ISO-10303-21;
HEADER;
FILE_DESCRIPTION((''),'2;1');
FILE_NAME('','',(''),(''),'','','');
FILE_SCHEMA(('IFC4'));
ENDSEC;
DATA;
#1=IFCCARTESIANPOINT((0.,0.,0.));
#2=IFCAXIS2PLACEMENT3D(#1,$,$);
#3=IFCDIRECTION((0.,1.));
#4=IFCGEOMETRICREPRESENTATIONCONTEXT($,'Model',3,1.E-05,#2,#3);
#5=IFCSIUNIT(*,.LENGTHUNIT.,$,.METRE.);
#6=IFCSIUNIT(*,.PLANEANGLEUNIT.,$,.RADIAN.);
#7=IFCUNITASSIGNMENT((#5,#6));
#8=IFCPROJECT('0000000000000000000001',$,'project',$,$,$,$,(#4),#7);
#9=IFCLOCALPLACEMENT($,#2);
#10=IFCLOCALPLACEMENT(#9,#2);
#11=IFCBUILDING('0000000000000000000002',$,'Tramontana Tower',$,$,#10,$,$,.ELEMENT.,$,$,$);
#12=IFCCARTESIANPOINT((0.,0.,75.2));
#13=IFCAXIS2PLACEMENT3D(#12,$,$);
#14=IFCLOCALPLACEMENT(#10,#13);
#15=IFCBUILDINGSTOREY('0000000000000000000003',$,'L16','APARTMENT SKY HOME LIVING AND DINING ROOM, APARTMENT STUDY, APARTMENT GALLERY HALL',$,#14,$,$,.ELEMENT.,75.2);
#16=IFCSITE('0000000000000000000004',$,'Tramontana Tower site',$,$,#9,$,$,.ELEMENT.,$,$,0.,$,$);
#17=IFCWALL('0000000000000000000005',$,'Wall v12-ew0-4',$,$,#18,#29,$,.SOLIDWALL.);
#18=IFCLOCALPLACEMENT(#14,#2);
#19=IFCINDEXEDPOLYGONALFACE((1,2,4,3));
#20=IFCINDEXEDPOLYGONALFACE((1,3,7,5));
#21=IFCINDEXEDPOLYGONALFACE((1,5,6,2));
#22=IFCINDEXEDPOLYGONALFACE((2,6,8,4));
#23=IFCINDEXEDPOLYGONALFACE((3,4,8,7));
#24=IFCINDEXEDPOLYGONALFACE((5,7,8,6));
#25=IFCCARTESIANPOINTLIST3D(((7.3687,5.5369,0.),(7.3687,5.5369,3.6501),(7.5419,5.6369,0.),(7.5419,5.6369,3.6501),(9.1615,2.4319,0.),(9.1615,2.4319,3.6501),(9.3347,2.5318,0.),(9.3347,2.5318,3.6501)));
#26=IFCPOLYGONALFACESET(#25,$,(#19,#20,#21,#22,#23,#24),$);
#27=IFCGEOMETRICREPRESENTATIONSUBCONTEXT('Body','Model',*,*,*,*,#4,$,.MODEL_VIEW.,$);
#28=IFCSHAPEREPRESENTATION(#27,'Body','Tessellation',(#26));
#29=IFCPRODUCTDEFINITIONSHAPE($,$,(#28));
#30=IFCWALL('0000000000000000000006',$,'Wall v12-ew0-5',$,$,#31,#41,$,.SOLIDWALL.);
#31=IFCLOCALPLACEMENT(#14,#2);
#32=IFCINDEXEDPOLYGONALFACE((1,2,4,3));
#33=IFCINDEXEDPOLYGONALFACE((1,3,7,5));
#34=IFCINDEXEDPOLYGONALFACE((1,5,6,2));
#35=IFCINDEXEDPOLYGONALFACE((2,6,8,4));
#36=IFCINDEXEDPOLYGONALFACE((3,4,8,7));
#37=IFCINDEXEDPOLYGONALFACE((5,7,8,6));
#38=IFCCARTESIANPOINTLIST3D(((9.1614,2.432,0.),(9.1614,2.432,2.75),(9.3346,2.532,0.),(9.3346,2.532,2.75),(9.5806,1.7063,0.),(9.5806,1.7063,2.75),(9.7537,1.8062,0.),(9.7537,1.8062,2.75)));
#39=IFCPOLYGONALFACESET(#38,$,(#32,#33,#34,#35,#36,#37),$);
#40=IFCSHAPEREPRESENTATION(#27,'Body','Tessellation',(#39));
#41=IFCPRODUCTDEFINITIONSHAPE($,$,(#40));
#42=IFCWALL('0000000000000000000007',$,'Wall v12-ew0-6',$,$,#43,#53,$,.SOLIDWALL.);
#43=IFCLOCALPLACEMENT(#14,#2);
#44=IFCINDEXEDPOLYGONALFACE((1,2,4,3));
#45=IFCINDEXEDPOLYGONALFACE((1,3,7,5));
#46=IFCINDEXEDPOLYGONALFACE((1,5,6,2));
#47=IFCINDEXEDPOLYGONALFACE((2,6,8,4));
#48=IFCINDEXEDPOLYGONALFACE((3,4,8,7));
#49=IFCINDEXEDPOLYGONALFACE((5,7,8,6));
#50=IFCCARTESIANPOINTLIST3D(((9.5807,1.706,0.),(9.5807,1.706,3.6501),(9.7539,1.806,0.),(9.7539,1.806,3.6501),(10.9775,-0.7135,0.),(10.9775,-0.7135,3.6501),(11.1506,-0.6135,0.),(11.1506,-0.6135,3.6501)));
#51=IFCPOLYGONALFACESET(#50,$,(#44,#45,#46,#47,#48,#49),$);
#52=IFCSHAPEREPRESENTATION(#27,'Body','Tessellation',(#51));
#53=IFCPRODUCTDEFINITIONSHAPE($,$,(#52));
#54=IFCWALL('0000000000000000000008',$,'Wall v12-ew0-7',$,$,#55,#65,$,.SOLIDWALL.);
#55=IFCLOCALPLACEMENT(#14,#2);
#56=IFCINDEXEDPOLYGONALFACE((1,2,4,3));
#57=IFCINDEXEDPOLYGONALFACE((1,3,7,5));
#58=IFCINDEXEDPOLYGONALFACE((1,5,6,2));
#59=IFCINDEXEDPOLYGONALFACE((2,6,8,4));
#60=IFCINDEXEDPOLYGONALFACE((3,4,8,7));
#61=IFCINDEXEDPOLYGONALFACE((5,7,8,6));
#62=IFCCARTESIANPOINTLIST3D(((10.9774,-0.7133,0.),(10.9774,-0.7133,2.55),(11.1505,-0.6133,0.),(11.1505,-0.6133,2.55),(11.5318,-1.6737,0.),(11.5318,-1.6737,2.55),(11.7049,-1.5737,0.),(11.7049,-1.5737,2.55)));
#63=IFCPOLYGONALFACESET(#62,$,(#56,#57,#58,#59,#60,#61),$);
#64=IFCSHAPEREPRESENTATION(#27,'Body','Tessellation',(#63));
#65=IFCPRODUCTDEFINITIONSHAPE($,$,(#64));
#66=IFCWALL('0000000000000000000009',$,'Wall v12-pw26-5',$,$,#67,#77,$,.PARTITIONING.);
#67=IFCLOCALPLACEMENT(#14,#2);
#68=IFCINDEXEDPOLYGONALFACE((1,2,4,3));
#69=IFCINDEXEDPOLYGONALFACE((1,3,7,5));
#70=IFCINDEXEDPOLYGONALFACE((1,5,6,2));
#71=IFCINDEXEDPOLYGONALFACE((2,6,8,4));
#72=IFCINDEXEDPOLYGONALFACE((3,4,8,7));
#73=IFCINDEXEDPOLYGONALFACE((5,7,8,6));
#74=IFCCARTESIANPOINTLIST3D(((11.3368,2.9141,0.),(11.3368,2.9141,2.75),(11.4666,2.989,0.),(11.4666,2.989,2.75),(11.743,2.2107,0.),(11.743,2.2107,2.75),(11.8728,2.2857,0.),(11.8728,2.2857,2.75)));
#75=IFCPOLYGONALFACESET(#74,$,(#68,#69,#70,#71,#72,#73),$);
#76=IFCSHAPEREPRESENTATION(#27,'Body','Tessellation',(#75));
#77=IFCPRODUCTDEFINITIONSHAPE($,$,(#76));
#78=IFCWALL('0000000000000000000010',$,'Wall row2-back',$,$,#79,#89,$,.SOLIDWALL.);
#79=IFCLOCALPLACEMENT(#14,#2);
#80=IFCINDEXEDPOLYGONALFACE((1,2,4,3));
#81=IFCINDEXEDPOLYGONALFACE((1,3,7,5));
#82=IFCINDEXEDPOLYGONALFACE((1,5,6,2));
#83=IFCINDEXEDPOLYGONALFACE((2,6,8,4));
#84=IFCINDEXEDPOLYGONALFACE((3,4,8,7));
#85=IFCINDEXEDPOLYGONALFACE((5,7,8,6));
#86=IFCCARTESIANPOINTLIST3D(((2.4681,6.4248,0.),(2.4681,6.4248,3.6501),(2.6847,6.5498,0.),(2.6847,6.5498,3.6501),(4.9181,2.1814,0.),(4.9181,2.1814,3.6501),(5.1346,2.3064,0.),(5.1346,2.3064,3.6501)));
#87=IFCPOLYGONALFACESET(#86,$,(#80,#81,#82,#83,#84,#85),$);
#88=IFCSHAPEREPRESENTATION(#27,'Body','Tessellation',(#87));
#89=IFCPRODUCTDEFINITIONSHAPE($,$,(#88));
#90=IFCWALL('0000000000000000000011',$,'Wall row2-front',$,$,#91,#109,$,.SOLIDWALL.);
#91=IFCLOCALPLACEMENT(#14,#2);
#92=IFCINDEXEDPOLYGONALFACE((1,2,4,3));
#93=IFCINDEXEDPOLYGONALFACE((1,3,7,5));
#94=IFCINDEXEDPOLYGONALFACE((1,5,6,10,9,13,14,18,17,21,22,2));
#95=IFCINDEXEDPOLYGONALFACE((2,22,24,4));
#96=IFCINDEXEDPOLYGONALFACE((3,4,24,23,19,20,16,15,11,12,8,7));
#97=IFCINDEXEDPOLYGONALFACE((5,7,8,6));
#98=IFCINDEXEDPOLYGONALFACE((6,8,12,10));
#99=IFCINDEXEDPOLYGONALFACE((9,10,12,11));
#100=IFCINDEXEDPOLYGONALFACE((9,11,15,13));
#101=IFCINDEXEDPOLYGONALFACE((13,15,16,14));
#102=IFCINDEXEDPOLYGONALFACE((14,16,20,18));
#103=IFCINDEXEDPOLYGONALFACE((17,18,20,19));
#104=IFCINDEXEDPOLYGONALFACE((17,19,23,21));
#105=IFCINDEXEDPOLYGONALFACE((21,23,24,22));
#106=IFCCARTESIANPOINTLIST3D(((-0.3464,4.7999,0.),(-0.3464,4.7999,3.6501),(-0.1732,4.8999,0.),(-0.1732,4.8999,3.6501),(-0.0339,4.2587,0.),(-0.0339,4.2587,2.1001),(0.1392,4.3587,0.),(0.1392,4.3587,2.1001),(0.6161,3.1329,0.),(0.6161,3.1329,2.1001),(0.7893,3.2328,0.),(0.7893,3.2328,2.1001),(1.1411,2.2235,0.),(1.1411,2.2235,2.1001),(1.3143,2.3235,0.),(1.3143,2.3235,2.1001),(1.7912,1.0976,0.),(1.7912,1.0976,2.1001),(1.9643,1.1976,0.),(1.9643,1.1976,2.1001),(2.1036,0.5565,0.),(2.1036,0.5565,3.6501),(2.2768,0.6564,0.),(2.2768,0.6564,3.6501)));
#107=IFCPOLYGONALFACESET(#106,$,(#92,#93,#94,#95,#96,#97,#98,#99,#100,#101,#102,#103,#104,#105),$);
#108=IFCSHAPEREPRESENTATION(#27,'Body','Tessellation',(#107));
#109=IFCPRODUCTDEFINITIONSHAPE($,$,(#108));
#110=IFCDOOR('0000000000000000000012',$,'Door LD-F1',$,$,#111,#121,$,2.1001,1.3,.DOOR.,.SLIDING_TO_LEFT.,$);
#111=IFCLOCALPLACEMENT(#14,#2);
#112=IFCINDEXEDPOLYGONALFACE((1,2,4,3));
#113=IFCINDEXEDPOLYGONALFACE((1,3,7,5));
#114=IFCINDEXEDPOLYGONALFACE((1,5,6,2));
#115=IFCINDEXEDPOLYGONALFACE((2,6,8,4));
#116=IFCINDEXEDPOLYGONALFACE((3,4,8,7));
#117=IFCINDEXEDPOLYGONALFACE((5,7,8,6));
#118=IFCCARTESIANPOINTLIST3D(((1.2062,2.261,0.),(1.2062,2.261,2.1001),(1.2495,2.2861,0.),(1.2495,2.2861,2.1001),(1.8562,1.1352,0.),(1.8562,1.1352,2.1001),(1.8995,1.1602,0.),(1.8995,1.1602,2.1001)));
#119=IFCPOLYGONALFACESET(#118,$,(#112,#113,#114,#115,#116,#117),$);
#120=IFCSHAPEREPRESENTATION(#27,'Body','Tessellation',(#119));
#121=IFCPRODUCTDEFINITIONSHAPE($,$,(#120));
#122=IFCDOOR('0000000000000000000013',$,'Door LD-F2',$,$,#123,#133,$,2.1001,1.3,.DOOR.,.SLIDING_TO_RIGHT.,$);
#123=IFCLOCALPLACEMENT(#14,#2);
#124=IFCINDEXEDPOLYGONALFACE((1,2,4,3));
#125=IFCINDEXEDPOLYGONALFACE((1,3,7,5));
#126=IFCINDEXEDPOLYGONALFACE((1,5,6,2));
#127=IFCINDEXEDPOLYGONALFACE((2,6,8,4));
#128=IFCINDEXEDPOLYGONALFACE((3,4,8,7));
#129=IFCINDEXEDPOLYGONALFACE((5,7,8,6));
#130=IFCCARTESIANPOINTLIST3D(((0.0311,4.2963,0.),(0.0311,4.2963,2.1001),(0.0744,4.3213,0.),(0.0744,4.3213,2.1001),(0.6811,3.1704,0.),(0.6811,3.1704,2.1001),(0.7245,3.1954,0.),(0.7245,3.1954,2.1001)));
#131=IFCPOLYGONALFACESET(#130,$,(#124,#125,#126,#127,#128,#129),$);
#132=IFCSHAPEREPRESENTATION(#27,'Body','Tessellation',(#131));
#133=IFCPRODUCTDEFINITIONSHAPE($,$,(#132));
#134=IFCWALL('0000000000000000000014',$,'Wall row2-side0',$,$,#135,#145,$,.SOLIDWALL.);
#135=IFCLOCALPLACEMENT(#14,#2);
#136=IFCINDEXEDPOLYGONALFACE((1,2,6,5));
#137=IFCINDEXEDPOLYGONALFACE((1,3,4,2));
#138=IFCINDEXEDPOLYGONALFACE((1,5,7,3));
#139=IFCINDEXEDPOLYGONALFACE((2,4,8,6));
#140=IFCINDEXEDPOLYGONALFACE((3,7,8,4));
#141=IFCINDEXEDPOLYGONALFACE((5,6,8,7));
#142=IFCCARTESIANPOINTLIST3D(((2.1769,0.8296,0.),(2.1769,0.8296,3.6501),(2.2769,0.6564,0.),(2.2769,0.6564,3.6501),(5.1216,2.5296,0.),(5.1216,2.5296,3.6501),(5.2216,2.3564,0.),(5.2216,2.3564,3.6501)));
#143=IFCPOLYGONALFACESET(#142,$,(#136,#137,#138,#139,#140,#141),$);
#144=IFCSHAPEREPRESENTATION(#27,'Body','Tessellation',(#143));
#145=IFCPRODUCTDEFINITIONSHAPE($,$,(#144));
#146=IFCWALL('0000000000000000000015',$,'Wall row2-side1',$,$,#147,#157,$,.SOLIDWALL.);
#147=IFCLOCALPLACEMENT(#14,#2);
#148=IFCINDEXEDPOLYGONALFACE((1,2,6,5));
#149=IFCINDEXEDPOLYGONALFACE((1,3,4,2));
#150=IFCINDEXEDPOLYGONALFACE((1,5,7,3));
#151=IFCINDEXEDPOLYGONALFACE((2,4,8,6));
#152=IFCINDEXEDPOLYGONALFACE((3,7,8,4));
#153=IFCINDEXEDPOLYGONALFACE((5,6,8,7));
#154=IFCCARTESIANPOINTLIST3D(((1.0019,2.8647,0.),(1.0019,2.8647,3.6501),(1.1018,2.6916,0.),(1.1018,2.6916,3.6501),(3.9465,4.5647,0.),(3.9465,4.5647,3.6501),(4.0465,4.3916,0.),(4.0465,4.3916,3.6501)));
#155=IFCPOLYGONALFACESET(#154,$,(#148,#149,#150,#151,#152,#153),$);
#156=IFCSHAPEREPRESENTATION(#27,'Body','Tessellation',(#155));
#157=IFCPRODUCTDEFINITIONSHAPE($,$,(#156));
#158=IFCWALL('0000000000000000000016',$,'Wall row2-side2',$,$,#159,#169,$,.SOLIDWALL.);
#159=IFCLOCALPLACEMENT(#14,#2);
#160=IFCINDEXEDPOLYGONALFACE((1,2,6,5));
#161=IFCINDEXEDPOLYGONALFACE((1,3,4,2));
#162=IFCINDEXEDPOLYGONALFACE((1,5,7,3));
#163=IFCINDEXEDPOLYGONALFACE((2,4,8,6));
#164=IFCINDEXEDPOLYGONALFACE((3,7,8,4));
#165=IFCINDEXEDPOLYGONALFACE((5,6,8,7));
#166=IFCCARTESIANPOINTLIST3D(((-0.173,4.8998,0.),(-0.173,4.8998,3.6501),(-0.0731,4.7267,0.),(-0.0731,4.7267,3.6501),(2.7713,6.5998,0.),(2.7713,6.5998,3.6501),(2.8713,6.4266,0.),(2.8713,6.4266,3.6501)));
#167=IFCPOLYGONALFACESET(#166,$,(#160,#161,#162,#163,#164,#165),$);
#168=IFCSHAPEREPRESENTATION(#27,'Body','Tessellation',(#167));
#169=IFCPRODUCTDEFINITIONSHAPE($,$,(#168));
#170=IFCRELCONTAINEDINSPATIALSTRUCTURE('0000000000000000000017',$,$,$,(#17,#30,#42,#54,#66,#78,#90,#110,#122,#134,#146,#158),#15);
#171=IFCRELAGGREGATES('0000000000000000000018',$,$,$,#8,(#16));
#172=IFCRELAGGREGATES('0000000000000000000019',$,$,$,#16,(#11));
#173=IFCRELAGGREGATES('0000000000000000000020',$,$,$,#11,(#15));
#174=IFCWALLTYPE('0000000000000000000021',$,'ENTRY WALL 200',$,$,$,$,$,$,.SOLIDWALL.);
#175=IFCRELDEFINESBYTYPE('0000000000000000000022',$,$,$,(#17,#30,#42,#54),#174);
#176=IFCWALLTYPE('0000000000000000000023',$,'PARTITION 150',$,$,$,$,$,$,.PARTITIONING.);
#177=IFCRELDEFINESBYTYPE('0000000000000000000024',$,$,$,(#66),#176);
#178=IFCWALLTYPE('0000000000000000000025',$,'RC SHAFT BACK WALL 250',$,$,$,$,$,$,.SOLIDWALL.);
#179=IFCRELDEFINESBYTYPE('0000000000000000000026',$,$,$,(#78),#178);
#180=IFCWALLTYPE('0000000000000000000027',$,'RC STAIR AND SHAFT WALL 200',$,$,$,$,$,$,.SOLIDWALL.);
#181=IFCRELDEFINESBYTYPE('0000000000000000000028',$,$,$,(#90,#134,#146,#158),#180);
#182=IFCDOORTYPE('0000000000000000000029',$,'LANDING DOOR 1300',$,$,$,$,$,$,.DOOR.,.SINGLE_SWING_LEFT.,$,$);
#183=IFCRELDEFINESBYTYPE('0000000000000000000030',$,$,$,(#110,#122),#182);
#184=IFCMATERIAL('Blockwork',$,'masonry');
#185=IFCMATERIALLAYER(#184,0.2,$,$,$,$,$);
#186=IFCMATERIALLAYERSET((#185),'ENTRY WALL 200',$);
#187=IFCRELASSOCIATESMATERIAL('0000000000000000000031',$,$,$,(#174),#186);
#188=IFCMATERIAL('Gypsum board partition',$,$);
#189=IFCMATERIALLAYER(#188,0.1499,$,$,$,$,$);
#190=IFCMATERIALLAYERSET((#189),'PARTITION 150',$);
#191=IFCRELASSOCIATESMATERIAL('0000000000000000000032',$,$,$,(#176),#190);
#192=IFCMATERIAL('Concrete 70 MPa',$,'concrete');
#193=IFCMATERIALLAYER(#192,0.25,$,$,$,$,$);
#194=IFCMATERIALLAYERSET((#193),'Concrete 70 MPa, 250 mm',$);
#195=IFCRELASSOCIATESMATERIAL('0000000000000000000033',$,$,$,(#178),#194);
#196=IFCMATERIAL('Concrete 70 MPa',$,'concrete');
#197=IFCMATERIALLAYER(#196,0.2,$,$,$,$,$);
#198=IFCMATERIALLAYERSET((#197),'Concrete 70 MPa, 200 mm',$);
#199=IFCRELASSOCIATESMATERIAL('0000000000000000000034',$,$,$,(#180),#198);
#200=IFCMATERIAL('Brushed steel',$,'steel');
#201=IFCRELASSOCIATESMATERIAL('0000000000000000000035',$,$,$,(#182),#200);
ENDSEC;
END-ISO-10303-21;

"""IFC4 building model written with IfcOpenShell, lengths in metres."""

from ifc_helpers import new_model, si_unit, direction, frame, frame_2d, origin, place, context, subcontext, project, spatial, rectangle, extrude, material, layer, layer_set, type_object, element, fill, save


model = new_model("IFC4")

# Units and contexts
model_context = context("Model", 3, precision=1e-05, world=origin(), true_north=direction((0.0, 1.0)))
body_context = subcontext(model_context, "Body", "Model", "MODEL_VIEW")
ifc_project = project(units=[si_unit("LENGTHUNIT", "METRE"), si_unit("PLANEANGLEUNIT", "RADIAN")], contexts=[model_context])

# Site, building, storey
site_placement = place(None, origin())
site = spatial("IfcSite", under=ifc_project, at=site_placement, Name="Tramontana Tower site", CompositionType="ELEMENT", RefElevation=0.0)
building_placement = place(site_placement, origin())
building = spatial("IfcBuilding", under=site, at=building_placement, Name="Tramontana Tower", CompositionType="ELEMENT")
storey_placement = place(building_placement, frame((0.0, 0.0, 75.2)))
storey = spatial("IfcBuildingStorey", under=building, at=storey_placement, Name="L16", Description="APARTMENT SKY HOME LIVING AND DINING ROOM, APARTMENT STUDY, APARTMENT GALLERY HALL", CompositionType="ELEMENT", Elevation=75.2)

# Walls
ifc_material_1 = material(Name="Blockwork", Category="masonry")
ifc_layer_1 = layer(ifc_material_1, 0.2)
ifc_layer_set_1 = layer_set([ifc_layer_1], Name="ENTRY WALL 200")
wall_type_1 = type_object("IfcWallType", Name="ENTRY WALL 200", PredefinedType="SOLIDWALL", material=ifc_layer_set_1)
wall_1_placement = place(storey_placement, frame((7.4553, 5.5869, 0.0), z_axis=(0.0, 0.0, 1.0), x_axis=(0.500013, -0.866018, 0.0)))
element("IfcWall", 1, at=wall_1_placement, inside=storey, type_object=wall_type_1, Name="Wall v12-ew0-4", PredefinedType="SOLIDWALL", context=body_context, shape_type="SweptSolid", body=[
    extrude(rectangle(XDim=3.5854, YDim=0.2, at=frame_2d((1.7927, 0.0))), origin(), (0.0, 0.0, 1.0), 3.6501),
])
wall_2_placement = place(storey_placement, frame((9.248, 2.4819, 0.0), z_axis=(0.0, 0.0, 1.0), x_axis=(0.500117, -0.865958, 0.0)))
element("IfcWall", 2, at=wall_2_placement, inside=storey, type_object=wall_type_1, Name="Wall v12-ew0-5", PredefinedType="SOLIDWALL", context=body_context, shape_type="SweptSolid", body=[
    extrude(rectangle(XDim=0.8381, YDim=0.2, at=frame_2d((0.4189, 0.0))), origin(), (0.0, 0.0, 1.0), 2.75),
])
wall_3_placement = place(storey_placement, frame((9.6672, 1.7561, 0.0), z_axis=(0.0, 0.0, 1.0), x_axis=(0.499965, -0.866046, 0.0)))
element("IfcWall", 3, at=wall_3_placement, inside=storey, type_object=wall_type_1, Name="Wall v12-ew0-6", PredefinedType="SOLIDWALL", context=body_context, shape_type="SweptSolid", body=[
    extrude(rectangle(XDim=2.7937, YDim=0.2, at=frame_2d((1.397, 0.0))), origin(), (0.0, 0.0, 1.0), 3.6501),
])
wall_4_placement = place(storey_placement, frame((11.064, -0.6633, 0.0), z_axis=(0.0, 0.0, 1.0), x_axis=(0.499951, -0.866054, 0.0)))
element("IfcWall", 4, at=wall_4_placement, inside=storey, type_object=wall_type_1, Name="Wall v12-ew0-7", PredefinedType="SOLIDWALL", context=body_context, shape_type="SweptSolid", body=[
    extrude(rectangle(XDim=1.1089, YDim=0.2, at=frame_2d((0.5544, 0.0))), origin(), (0.0, 0.0, 1.0), 2.55),
])
ifc_material_2 = material(Name="Gypsum board partition")
ifc_layer_2 = layer(ifc_material_2, 0.1499)
ifc_layer_set_2 = layer_set([ifc_layer_2], Name="PARTITION 150")
wall_type_2 = type_object("IfcWallType", Name="PARTITION 150", PredefinedType="PARTITIONING", material=ifc_layer_set_2)
wall_5_placement = place(storey_placement, frame((11.4016, 2.9517, 0.0), z_axis=(0.0, 0.0, 1.0), x_axis=(0.500147, -0.86594, 0.0)))
element("IfcWall", 5, at=wall_5_placement, inside=storey, type_object=wall_type_2, Name="Wall v12-pw26-5", PredefinedType="PARTITIONING", context=body_context, shape_type="SweptSolid", body=[
    extrude(rectangle(XDim=0.8123, YDim=0.1499, at=frame_2d((0.4062, 0.0))), origin(), (0.0, 0.0, 1.0), 2.75),
])
ifc_material_3 = material(Name="Concrete 70 MPa", Category="concrete")
ifc_layer_3 = layer(ifc_material_3, 0.25)
ifc_layer_set_3 = layer_set([ifc_layer_3], Name="Concrete 70 MPa, 250 mm")
wall_type_3 = type_object("IfcWallType", Name="RC SHAFT BACK WALL 250", PredefinedType="SOLIDWALL", material=ifc_layer_set_3)
wall_6_placement = place(storey_placement, frame((5.0264, 2.2439, 0.0), z_axis=(0.0, 0.0, 1.0), x_axis=(-0.500003, 0.866024, 0.0)))
element("IfcWall", 6, at=wall_6_placement, inside=storey, type_object=wall_type_3, Name="Wall row2-back", PredefinedType="SOLIDWALL", context=body_context, shape_type="SweptSolid", body=[
    extrude(rectangle(XDim=4.8999, YDim=0.25, at=frame_2d((2.45, 0.0))), origin(), (0.0, 0.0, 1.0), 3.6501),
])

# Shared definitions
ifc_material_4 = material(Name="Concrete 70 MPa", Category="concrete")
ifc_layer_4 = layer(ifc_material_4, 0.2)
ifc_layer_set_4 = layer_set([ifc_layer_4], Name="Concrete 70 MPa, 200 mm")
wall_type_4 = type_object("IfcWallType", Name="RC STAIR AND SHAFT WALL 200", PredefinedType="SOLIDWALL", material=ifc_layer_set_4)

# Wall, openings, doors
wall_7_placement = place(storey_placement, frame((2.1902, 0.6064, 0.0), z_axis=(0.0, 0.0, 1.0), x_axis=(-0.500003, 0.866024, 0.0)))
wall_7 = element("IfcWall", 7, at=wall_7_placement, inside=storey, type_object=wall_type_4, Name="Wall row2-front", PredefinedType="SOLIDWALL", context=body_context, shape_type="SweptSolid", body=[
    extrude(rectangle(XDim=4.8999, YDim=0.2, at=frame_2d((2.45, 0.0))), origin(), (0.0, 0.0, 1.0), 3.6501),
])
opening_1_placement = place(wall_7_placement, frame((0.625, 0.0, 0.0)))
opening_1 = element("IfcOpeningElement", 8, at=opening_1_placement, cuts=wall_7, PredefinedType="OPENING", context=body_context, shape_type="SweptSolid", body=[
    extrude(rectangle(XDim=1.3, YDim=2.1001, at=frame_2d((0.6499, 1.05))), frame((0.0, 0.1099, 0.0), z_axis=(0.0, -1.0, 0.0), x_axis=(1.0, 0.0, 0.0)), (0.0, 0.0, 1.0), 0.22),
])
opening_2_placement = place(wall_7_placement, frame((2.9751, 0.0, 0.0)))
opening_2 = element("IfcOpeningElement", 9, at=opening_2_placement, cuts=wall_7, PredefinedType="OPENING", context=body_context, shape_type="SweptSolid", body=[
    extrude(rectangle(XDim=1.3, YDim=2.1001, at=frame_2d((0.6499, 1.05))), frame((0.0, 0.1099, 0.0), z_axis=(0.0, -1.0, 0.0), x_axis=(1.0, 0.0, 0.0)), (0.0, 0.0, 1.0), 0.22),
])
ifc_material_5 = material(Name="Brushed steel", Category="steel")
door_type_1 = type_object("IfcDoorType", Name="LANDING DOOR 1300", OperationType="SINGLE_SWING_LEFT", PredefinedType="DOOR", material=ifc_material_5)
door_1_placement = place(opening_1_placement, origin())
door_1 = element("IfcDoor", 10, at=door_1_placement, inside=storey, type_object=door_type_1, Name="Door LD-F1", OperationType="SLIDING_TO_LEFT", OverallHeight=2.1001, OverallWidth=1.3, PredefinedType="DOOR", context=body_context, shape_type="SweptSolid", body=[
    extrude(rectangle(XDim=1.3, YDim=2.1001, at=frame_2d((0.6499, 1.05))), frame((0.0, 0.0249, 0.0), z_axis=(0.0, -1.0, 0.0), x_axis=(1.0, 0.0, 0.0)), (0.0, 0.0, 1.0), 0.05),
])
fill(opening_1, door_1)
door_2_placement = place(opening_2_placement, origin())
door_2 = element("IfcDoor", 11, at=door_2_placement, inside=storey, type_object=door_type_1, Name="Door LD-F2", OperationType="SLIDING_TO_RIGHT", OverallHeight=2.1001, OverallWidth=1.3, PredefinedType="DOOR", context=body_context, shape_type="SweptSolid", body=[
    extrude(rectangle(XDim=1.3, YDim=2.1001, at=frame_2d((0.6499, 1.05))), frame((0.0, 0.0249, 0.0), z_axis=(0.0, -1.0, 0.0), x_axis=(1.0, 0.0, 0.0)), (0.0, 0.0, 1.0), 0.05),
])
fill(opening_2, door_2)

# Walls
for number, where, z_axis, x_axis, name in (
    (12, (2.2268, 0.7429, 0.0), (0.0, 0.0, 1.0), (0.866039, 0.499977, 0.0), "Wall row2-side0"),
    (13, (1.0518, 2.7781, 0.0), (0.0, 0.0, 1.0), (0.866039, 0.499977, 0.0), "Wall row2-side1"),
):
    element("IfcWall", number, at=place(storey_placement, frame(where, z_axis=z_axis, x_axis=x_axis)), inside=storey, type_object=wall_type_4, Name=name, PredefinedType="SOLIDWALL", context=body_context, shape_type="SweptSolid", body=[
        extrude(rectangle(XDim=3.4001, YDim=0.2, at=frame_2d((1.7002, 0.0))), origin(), (0.0, 0.0, 1.0), 3.6501),
    ])
wall_8_placement = place(storey_placement, frame((-0.123, 4.8132, 0.0), z_axis=(0.0, 0.0, 1.0), x_axis=(0.866021, 0.500008, 0.0)))
element("IfcWall", 14, at=wall_8_placement, inside=storey, type_object=wall_type_4, Name="Wall row2-side2", PredefinedType="SOLIDWALL", context=body_context, shape_type="SweptSolid", body=[
    extrude(rectangle(XDim=3.3999, YDim=0.2, at=frame_2d((1.7, 0.0))), origin(), (0.0, 0.0, 1.0), 3.6501),
])

save(model, "model.ifc")
